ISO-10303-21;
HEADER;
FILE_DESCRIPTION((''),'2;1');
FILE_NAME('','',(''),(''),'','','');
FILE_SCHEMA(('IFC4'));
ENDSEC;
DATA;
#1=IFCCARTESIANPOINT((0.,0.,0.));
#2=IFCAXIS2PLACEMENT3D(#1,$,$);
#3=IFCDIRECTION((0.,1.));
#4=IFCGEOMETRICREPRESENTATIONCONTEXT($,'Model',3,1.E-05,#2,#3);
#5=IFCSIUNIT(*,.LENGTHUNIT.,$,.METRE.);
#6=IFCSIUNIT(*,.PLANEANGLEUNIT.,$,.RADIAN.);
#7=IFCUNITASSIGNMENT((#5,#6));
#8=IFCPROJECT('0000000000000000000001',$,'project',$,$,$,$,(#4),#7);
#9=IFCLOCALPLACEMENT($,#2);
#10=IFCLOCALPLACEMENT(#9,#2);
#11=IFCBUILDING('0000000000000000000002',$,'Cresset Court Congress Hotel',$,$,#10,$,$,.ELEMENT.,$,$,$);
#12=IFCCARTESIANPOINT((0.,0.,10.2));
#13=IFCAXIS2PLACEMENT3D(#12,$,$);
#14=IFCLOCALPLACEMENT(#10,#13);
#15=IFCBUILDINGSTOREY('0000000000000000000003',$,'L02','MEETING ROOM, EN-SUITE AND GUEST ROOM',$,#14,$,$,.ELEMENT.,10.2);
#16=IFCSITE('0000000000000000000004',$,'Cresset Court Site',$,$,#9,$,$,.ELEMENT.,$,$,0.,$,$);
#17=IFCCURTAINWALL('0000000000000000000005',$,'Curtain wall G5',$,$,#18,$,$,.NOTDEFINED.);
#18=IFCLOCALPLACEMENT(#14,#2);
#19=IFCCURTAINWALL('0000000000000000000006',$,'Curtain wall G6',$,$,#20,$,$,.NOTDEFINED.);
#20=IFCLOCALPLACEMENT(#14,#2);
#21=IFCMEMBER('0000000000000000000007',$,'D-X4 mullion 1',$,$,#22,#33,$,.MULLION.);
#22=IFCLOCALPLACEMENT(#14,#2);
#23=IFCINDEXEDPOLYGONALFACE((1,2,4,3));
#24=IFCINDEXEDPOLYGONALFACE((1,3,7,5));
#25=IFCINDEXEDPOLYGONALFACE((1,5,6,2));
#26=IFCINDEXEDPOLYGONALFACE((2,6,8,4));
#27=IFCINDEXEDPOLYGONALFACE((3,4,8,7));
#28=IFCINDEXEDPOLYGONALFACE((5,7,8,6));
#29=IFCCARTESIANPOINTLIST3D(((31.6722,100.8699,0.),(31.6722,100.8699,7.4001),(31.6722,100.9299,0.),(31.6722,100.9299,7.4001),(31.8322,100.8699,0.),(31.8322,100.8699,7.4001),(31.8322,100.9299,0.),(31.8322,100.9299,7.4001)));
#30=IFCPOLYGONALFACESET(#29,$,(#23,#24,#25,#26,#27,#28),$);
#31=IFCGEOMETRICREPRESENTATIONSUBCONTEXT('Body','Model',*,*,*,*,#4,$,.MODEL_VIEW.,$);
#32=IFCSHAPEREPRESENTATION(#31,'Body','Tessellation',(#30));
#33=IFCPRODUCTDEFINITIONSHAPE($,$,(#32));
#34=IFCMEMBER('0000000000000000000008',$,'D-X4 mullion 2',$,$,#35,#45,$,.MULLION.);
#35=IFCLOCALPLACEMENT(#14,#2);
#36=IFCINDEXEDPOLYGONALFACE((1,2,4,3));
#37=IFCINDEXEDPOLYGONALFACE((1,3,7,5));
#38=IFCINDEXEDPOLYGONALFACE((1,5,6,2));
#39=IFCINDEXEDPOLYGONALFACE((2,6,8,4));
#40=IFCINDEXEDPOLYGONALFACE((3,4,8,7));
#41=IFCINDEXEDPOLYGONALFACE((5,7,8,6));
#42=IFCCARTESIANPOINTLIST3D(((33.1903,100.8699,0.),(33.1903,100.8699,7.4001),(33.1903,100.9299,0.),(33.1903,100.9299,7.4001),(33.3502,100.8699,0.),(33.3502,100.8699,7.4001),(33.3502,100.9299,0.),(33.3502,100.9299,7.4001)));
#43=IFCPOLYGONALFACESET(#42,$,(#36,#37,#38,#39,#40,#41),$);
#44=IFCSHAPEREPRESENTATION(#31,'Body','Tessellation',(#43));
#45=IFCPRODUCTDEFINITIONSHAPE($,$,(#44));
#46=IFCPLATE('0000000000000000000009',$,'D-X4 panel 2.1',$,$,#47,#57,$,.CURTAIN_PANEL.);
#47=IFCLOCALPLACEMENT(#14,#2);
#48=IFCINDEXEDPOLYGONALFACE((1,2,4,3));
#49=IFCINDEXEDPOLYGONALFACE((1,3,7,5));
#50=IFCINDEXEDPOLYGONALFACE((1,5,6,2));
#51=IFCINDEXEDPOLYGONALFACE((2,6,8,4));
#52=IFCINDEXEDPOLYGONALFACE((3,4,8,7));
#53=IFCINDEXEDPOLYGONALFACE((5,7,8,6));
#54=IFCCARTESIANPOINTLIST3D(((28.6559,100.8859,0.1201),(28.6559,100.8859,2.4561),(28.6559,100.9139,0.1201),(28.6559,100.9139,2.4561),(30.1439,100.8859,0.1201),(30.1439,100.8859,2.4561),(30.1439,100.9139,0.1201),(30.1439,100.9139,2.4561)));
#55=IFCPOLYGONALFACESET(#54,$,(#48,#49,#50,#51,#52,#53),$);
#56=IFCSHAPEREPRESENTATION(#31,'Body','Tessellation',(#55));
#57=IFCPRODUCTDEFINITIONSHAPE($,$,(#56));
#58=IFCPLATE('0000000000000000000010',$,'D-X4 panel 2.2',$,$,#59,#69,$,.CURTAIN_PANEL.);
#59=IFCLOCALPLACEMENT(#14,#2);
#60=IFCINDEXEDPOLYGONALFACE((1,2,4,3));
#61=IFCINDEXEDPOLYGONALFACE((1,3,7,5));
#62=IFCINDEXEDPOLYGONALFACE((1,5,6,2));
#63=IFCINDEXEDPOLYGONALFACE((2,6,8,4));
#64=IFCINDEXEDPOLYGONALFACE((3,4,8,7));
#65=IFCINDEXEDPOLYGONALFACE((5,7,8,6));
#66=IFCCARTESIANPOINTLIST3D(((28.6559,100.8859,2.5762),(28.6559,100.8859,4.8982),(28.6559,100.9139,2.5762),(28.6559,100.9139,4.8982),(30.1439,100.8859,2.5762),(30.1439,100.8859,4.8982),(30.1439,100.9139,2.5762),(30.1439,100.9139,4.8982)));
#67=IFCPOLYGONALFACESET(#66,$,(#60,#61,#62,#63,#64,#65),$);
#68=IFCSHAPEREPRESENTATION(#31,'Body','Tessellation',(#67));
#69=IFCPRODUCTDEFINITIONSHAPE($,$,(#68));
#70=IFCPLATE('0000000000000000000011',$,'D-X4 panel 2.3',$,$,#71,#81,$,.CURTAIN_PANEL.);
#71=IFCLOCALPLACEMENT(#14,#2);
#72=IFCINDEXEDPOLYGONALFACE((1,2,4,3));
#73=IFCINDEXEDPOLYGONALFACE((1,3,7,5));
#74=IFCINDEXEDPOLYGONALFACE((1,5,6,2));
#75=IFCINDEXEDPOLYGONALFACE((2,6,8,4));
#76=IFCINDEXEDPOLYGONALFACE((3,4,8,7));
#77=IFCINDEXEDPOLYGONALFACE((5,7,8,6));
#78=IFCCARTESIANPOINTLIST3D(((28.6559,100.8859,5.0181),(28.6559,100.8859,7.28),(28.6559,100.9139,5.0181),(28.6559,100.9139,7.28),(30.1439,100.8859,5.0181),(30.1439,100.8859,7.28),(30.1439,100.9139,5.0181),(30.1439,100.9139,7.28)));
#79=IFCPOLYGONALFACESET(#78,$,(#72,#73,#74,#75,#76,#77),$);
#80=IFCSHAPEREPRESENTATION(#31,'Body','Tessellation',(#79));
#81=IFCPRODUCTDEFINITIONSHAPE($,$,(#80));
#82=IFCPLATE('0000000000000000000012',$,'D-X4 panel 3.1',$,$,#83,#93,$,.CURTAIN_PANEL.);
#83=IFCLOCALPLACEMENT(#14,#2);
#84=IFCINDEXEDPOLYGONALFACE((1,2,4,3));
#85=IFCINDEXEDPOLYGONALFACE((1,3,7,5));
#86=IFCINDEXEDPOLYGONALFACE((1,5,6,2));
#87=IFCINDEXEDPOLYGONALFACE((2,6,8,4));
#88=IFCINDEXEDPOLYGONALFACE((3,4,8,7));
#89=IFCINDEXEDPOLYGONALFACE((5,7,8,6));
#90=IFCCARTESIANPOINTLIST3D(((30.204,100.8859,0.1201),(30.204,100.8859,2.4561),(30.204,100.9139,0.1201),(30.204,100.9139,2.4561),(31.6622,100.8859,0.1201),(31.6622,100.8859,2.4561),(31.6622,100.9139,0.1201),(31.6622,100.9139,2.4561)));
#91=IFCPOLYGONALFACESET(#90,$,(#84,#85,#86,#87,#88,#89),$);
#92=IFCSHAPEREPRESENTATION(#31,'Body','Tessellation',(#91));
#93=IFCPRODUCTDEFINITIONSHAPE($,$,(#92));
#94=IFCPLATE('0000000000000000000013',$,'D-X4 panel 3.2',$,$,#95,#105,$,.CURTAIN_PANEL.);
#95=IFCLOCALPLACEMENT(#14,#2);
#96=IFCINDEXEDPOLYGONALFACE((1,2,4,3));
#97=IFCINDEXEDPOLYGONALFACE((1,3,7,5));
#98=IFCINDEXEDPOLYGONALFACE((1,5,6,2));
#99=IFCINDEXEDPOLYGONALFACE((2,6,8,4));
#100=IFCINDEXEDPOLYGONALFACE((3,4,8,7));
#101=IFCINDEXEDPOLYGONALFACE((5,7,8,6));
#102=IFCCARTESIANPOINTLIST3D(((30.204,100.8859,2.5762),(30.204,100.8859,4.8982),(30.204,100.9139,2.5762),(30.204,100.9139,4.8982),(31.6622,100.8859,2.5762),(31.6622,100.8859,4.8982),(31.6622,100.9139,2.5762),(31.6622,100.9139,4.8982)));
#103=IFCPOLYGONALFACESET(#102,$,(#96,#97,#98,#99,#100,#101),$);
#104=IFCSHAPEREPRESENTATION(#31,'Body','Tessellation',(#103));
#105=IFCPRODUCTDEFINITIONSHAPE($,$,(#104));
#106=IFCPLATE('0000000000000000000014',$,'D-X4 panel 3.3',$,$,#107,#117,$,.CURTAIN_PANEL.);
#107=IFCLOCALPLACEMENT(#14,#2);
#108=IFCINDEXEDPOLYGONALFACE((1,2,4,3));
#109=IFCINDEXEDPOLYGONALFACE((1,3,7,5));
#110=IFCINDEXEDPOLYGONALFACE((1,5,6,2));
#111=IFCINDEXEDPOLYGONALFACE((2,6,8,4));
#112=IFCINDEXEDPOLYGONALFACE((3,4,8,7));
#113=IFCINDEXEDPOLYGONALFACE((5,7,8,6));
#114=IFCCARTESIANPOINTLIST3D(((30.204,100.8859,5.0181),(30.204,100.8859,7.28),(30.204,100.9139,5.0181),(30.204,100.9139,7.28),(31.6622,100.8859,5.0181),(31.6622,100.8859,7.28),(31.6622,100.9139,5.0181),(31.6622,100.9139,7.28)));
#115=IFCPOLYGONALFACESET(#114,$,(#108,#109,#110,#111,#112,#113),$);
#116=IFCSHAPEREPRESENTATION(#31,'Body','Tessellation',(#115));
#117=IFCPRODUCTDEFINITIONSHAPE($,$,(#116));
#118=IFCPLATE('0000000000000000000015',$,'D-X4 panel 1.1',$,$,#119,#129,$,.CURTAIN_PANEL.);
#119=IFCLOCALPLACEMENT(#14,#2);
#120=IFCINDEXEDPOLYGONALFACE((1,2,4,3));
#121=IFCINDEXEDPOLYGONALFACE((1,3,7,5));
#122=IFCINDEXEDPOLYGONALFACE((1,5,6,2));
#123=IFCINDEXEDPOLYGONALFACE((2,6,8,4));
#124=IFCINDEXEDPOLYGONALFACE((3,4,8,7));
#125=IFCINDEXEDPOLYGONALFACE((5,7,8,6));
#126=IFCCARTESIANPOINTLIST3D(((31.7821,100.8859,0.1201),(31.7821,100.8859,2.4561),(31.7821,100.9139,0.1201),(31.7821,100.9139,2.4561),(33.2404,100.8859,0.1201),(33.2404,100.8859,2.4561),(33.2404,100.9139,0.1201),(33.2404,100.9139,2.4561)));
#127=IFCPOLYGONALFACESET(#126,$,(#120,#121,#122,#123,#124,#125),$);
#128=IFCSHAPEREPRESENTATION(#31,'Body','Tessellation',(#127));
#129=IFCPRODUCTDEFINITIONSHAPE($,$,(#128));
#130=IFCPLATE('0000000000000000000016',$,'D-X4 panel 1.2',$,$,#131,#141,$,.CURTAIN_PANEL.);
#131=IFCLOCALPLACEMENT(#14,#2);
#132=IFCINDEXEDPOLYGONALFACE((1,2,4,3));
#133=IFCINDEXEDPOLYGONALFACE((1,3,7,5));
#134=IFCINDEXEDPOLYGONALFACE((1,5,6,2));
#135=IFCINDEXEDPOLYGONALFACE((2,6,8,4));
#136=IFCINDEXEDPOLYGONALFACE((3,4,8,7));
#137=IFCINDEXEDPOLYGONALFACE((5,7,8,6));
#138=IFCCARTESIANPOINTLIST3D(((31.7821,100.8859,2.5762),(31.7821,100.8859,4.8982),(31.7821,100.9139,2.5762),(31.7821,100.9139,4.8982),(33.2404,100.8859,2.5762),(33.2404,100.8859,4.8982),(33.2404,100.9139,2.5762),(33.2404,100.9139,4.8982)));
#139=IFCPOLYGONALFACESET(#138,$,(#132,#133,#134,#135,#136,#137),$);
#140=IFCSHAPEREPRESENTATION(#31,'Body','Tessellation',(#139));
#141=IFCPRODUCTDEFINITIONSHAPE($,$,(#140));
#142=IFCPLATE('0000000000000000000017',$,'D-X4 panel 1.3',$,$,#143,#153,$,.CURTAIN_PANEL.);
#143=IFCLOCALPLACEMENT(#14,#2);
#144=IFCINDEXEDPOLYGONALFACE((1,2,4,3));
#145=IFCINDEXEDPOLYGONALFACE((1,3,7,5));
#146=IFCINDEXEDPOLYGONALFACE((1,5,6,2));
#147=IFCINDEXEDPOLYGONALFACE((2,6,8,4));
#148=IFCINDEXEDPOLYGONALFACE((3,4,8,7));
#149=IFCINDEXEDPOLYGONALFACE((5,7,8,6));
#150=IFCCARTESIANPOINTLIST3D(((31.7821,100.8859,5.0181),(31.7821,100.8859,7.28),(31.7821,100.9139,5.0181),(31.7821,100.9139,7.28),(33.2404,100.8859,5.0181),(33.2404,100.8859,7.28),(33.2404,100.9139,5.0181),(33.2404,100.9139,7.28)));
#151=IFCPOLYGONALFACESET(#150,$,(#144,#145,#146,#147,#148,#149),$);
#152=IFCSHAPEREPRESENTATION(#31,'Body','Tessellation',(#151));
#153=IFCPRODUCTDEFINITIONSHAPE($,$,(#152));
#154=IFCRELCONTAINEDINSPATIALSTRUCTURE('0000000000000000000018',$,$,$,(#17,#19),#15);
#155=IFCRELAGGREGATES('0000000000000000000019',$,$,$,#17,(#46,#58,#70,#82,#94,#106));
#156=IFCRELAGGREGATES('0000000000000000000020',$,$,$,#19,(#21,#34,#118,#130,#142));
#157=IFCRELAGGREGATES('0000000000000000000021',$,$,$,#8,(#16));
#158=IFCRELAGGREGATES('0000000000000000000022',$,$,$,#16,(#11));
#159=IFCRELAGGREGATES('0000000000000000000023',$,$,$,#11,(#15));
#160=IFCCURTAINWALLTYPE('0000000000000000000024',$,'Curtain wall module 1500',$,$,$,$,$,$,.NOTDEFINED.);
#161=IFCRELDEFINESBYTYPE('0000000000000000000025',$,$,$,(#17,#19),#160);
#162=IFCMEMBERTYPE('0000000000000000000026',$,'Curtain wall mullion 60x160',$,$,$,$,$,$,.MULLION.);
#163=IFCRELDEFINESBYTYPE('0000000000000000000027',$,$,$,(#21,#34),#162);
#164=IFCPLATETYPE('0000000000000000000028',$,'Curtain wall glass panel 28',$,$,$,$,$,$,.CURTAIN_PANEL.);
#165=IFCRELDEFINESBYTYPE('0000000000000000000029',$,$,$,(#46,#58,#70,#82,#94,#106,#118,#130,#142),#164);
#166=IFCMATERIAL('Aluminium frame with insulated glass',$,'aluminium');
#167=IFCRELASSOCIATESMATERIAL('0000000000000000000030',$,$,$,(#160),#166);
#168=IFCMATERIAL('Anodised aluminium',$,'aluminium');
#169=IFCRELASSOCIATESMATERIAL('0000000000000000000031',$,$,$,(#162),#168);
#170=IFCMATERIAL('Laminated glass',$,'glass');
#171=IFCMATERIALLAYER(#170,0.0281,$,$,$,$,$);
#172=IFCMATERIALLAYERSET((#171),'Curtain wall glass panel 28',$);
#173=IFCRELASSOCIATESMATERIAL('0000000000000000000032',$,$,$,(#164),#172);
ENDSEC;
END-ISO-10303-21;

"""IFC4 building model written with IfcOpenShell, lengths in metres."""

from ifc_helpers import new_model, si_unit, direction, frame, origin, origin_2d, place, context, subcontext, project, spatial, rectangle, extrude, material, layer, layer_set, material_profile, profile_set, type_object, element, aggregate, save


model = new_model("IFC4")

# Units and contexts
model_context = context("Model", 3, precision=1e-05, world=origin(), true_north=direction((0.0, 1.0)))
body_context = subcontext(model_context, "Body", "Model", "MODEL_VIEW")
ifc_project = project(units=[si_unit("LENGTHUNIT", "METRE"), si_unit("PLANEANGLEUNIT", "RADIAN")], contexts=[model_context])

# Site, building, storey
site_placement = place(None, origin())
site = spatial("IfcSite", under=ifc_project, at=site_placement, Name="Cresset Court Site", CompositionType="ELEMENT", RefElevation=0.0)
building_placement = place(site_placement, origin())
building = spatial("IfcBuilding", under=site, at=building_placement, Name="Cresset Court Congress Hotel", CompositionType="ELEMENT")
storey_placement = place(building_placement, frame((0.0, 0.0, 10.2)))
storey = spatial("IfcBuildingStorey", under=building, at=storey_placement, Name="L02", Description="MEETING ROOM, EN-SUITE AND GUEST ROOM", CompositionType="ELEMENT", Elevation=10.2)

# Curtain walls
ifc_material_1 = material(Name="Aluminium frame with insulated glass", Category="aluminium")
curtain_wall_type = type_object("IfcCurtainWallType", Name="Curtain wall module 1500", PredefinedType="NOTDEFINED", material=ifc_material_1)
curtain_wall_1_placement = place(storey_placement, origin())
curtain_wall_1 = element("IfcCurtainWall", 1, at=curtain_wall_1_placement, inside=storey, type_object=curtain_wall_type, Name="Curtain wall G5", PredefinedType="NOTDEFINED")
curtain_wall_2_placement = place(storey_placement, origin())
curtain_wall_2 = element("IfcCurtainWall", 2, at=curtain_wall_2_placement, inside=storey, type_object=curtain_wall_type, Name="Curtain wall G6", PredefinedType="NOTDEFINED")

# Members
ifc_material_2 = material(Name="Anodised aluminium", Category="aluminium")
ifc_material_profile_1 = material_profile(ifc_material_2, rectangle(XDim=0.0601, YDim=0.1599, at=origin_2d()), Name="AL60x160")
ifc_profile_set_1 = profile_set([ifc_material_profile_1], Name="Anodised aluminium")
member_type_1 = type_object("IfcMemberType", Name="Curtain wall mullion 60x160", PredefinedType="MULLION", material=ifc_profile_set_1)
member_1_placement = place(storey_placement, frame((31.7522, 100.8999, 0.0), z_axis=(0.0, 0.0, 1.0), x_axis=(0.0, 1.0, 0.0)))
member_1 = element("IfcMember", 3, at=member_1_placement, type_object=member_type_1, Name="D-X4 mullion 1", PredefinedType="MULLION", context=body_context, shape_type="SweptSolid", body=[
    extrude(rectangle(XDim=0.0601, YDim=0.1599, at=origin_2d()), origin(), (0.0, 0.0, 1.0), 7.4001),
])
member_2_placement = place(storey_placement, frame((33.2703, 100.8999, 0.0), z_axis=(0.0, 0.0, 1.0), x_axis=(0.0, 1.0, 0.0)))
member_2 = element("IfcMember", 4, at=member_2_placement, type_object=member_type_1, Name="D-X4 mullion 2", PredefinedType="MULLION", context=body_context, shape_type="SweptSolid", body=[
    extrude(rectangle(XDim=0.0601, YDim=0.1599, at=origin_2d()), origin(), (0.0, 0.0, 1.0), 7.4001),
])

# Plates
ifc_material_3 = material(Name="Laminated glass", Category="glass")
ifc_layer = layer(ifc_material_3, 0.0281)
ifc_layer_set = layer_set([ifc_layer], Name="Curtain wall glass panel 28")
plate_type = type_object("IfcPlateType", Name="Curtain wall glass panel 28", PredefinedType="CURTAIN_PANEL", material=ifc_layer_set)
plate_1_placement = place(storey_placement, frame((29.3999, 100.8999, 0.1201), z_axis=(0.0, 0.0, 1.0), x_axis=(1.0, 0.0, 0.0)))
plate_1 = element("IfcPlate", 5, at=plate_1_placement, type_object=plate_type, Name="D-X4 panel 2.1", PredefinedType="CURTAIN_PANEL", context=body_context, shape_type="SweptSolid", body=[
    extrude(rectangle(XDim=1.488, YDim=0.0281, at=origin_2d()), origin(), (0.0, 0.0, 1.0), 2.3359),
])
plate_2_placement = place(storey_placement, frame((29.3999, 100.8999, 2.5762), z_axis=(0.0, 0.0, 1.0), x_axis=(1.0, 0.0, 0.0)))
plate_2 = element("IfcPlate", 6, at=plate_2_placement, type_object=plate_type, Name="D-X4 panel 2.2", PredefinedType="CURTAIN_PANEL", context=body_context, shape_type="SweptSolid", body=[
    extrude(rectangle(XDim=1.488, YDim=0.0281, at=origin_2d()), origin(), (0.0, 0.0, 1.0), 2.322),
])
plate_3_placement = place(storey_placement, frame((29.3999, 100.8999, 5.0181), z_axis=(0.0, 0.0, 1.0), x_axis=(1.0, 0.0, 0.0)))
plate_3 = element("IfcPlate", 7, at=plate_3_placement, type_object=plate_type, Name="D-X4 panel 2.3", PredefinedType="CURTAIN_PANEL", context=body_context, shape_type="SweptSolid", body=[
    extrude(rectangle(XDim=1.488, YDim=0.0281, at=origin_2d()), origin(), (0.0, 0.0, 1.0), 2.262),
])
plate_4_placement = place(storey_placement, frame((30.9331, 100.8999, 0.1201), z_axis=(0.0, 0.0, 1.0), x_axis=(1.0, 0.0, 0.0)))
plate_4 = element("IfcPlate", 8, at=plate_4_placement, type_object=plate_type, Name="D-X4 panel 3.1", PredefinedType="CURTAIN_PANEL", context=body_context, shape_type="SweptSolid", body=[
    extrude(rectangle(XDim=1.4583, YDim=0.0281, at=origin_2d()), origin(), (0.0, 0.0, 1.0), 2.3359),
])
plate_5_placement = place(storey_placement, frame((30.9331, 100.8999, 2.5762), z_axis=(0.0, 0.0, 1.0), x_axis=(1.0, 0.0, 0.0)))
plate_5 = element("IfcPlate", 9, at=plate_5_placement, type_object=plate_type, Name="D-X4 panel 3.2", PredefinedType="CURTAIN_PANEL", context=body_context, shape_type="SweptSolid", body=[
    extrude(rectangle(XDim=1.4583, YDim=0.0281, at=origin_2d()), origin(), (0.0, 0.0, 1.0), 2.322),
])
plate_6_placement = place(storey_placement, frame((30.9331, 100.8999, 5.0181), z_axis=(0.0, 0.0, 1.0), x_axis=(1.0, 0.0, 0.0)))
plate_6 = element("IfcPlate", 10, at=plate_6_placement, type_object=plate_type, Name="D-X4 panel 3.3", PredefinedType="CURTAIN_PANEL", context=body_context, shape_type="SweptSolid", body=[
    extrude(rectangle(XDim=1.4583, YDim=0.0281, at=origin_2d()), origin(), (0.0, 0.0, 1.0), 2.262),
])
aggregate(curtain_wall_1, [plate_1, plate_2, plate_3, plate_4, plate_5, plate_6])
plate_7_placement = place(storey_placement, frame((32.5112, 100.8999, 0.1201), z_axis=(0.0, 0.0, 1.0), x_axis=(1.0, 0.0, 0.0)))
plate_7 = element("IfcPlate", 11, at=plate_7_placement, type_object=plate_type, Name="D-X4 panel 1.1", PredefinedType="CURTAIN_PANEL", context=body_context, shape_type="SweptSolid", body=[
    extrude(rectangle(XDim=1.4583, YDim=0.0281, at=origin_2d()), origin(), (0.0, 0.0, 1.0), 2.3359),
])
plate_8_placement = place(storey_placement, frame((32.5112, 100.8999, 2.5762), z_axis=(0.0, 0.0, 1.0), x_axis=(1.0, 0.0, 0.0)))
plate_8 = element("IfcPlate", 12, at=plate_8_placement, type_object=plate_type, Name="D-X4 panel 1.2", PredefinedType="CURTAIN_PANEL", context=body_context, shape_type="SweptSolid", body=[
    extrude(rectangle(XDim=1.4583, YDim=0.0281, at=origin_2d()), origin(), (0.0, 0.0, 1.0), 2.322),
])
plate_9_placement = place(storey_placement, frame((32.5112, 100.8999, 5.0181), z_axis=(0.0, 0.0, 1.0), x_axis=(1.0, 0.0, 0.0)))
plate_9 = element("IfcPlate", 13, at=plate_9_placement, type_object=plate_type, Name="D-X4 panel 1.3", PredefinedType="CURTAIN_PANEL", context=body_context, shape_type="SweptSolid", body=[
    extrude(rectangle(XDim=1.4583, YDim=0.0281, at=origin_2d()), origin(), (0.0, 0.0, 1.0), 2.262),
])
aggregate(curtain_wall_2, [member_1, member_2, plate_7, plate_8, plate_9])

save(model, "model.ifc")
